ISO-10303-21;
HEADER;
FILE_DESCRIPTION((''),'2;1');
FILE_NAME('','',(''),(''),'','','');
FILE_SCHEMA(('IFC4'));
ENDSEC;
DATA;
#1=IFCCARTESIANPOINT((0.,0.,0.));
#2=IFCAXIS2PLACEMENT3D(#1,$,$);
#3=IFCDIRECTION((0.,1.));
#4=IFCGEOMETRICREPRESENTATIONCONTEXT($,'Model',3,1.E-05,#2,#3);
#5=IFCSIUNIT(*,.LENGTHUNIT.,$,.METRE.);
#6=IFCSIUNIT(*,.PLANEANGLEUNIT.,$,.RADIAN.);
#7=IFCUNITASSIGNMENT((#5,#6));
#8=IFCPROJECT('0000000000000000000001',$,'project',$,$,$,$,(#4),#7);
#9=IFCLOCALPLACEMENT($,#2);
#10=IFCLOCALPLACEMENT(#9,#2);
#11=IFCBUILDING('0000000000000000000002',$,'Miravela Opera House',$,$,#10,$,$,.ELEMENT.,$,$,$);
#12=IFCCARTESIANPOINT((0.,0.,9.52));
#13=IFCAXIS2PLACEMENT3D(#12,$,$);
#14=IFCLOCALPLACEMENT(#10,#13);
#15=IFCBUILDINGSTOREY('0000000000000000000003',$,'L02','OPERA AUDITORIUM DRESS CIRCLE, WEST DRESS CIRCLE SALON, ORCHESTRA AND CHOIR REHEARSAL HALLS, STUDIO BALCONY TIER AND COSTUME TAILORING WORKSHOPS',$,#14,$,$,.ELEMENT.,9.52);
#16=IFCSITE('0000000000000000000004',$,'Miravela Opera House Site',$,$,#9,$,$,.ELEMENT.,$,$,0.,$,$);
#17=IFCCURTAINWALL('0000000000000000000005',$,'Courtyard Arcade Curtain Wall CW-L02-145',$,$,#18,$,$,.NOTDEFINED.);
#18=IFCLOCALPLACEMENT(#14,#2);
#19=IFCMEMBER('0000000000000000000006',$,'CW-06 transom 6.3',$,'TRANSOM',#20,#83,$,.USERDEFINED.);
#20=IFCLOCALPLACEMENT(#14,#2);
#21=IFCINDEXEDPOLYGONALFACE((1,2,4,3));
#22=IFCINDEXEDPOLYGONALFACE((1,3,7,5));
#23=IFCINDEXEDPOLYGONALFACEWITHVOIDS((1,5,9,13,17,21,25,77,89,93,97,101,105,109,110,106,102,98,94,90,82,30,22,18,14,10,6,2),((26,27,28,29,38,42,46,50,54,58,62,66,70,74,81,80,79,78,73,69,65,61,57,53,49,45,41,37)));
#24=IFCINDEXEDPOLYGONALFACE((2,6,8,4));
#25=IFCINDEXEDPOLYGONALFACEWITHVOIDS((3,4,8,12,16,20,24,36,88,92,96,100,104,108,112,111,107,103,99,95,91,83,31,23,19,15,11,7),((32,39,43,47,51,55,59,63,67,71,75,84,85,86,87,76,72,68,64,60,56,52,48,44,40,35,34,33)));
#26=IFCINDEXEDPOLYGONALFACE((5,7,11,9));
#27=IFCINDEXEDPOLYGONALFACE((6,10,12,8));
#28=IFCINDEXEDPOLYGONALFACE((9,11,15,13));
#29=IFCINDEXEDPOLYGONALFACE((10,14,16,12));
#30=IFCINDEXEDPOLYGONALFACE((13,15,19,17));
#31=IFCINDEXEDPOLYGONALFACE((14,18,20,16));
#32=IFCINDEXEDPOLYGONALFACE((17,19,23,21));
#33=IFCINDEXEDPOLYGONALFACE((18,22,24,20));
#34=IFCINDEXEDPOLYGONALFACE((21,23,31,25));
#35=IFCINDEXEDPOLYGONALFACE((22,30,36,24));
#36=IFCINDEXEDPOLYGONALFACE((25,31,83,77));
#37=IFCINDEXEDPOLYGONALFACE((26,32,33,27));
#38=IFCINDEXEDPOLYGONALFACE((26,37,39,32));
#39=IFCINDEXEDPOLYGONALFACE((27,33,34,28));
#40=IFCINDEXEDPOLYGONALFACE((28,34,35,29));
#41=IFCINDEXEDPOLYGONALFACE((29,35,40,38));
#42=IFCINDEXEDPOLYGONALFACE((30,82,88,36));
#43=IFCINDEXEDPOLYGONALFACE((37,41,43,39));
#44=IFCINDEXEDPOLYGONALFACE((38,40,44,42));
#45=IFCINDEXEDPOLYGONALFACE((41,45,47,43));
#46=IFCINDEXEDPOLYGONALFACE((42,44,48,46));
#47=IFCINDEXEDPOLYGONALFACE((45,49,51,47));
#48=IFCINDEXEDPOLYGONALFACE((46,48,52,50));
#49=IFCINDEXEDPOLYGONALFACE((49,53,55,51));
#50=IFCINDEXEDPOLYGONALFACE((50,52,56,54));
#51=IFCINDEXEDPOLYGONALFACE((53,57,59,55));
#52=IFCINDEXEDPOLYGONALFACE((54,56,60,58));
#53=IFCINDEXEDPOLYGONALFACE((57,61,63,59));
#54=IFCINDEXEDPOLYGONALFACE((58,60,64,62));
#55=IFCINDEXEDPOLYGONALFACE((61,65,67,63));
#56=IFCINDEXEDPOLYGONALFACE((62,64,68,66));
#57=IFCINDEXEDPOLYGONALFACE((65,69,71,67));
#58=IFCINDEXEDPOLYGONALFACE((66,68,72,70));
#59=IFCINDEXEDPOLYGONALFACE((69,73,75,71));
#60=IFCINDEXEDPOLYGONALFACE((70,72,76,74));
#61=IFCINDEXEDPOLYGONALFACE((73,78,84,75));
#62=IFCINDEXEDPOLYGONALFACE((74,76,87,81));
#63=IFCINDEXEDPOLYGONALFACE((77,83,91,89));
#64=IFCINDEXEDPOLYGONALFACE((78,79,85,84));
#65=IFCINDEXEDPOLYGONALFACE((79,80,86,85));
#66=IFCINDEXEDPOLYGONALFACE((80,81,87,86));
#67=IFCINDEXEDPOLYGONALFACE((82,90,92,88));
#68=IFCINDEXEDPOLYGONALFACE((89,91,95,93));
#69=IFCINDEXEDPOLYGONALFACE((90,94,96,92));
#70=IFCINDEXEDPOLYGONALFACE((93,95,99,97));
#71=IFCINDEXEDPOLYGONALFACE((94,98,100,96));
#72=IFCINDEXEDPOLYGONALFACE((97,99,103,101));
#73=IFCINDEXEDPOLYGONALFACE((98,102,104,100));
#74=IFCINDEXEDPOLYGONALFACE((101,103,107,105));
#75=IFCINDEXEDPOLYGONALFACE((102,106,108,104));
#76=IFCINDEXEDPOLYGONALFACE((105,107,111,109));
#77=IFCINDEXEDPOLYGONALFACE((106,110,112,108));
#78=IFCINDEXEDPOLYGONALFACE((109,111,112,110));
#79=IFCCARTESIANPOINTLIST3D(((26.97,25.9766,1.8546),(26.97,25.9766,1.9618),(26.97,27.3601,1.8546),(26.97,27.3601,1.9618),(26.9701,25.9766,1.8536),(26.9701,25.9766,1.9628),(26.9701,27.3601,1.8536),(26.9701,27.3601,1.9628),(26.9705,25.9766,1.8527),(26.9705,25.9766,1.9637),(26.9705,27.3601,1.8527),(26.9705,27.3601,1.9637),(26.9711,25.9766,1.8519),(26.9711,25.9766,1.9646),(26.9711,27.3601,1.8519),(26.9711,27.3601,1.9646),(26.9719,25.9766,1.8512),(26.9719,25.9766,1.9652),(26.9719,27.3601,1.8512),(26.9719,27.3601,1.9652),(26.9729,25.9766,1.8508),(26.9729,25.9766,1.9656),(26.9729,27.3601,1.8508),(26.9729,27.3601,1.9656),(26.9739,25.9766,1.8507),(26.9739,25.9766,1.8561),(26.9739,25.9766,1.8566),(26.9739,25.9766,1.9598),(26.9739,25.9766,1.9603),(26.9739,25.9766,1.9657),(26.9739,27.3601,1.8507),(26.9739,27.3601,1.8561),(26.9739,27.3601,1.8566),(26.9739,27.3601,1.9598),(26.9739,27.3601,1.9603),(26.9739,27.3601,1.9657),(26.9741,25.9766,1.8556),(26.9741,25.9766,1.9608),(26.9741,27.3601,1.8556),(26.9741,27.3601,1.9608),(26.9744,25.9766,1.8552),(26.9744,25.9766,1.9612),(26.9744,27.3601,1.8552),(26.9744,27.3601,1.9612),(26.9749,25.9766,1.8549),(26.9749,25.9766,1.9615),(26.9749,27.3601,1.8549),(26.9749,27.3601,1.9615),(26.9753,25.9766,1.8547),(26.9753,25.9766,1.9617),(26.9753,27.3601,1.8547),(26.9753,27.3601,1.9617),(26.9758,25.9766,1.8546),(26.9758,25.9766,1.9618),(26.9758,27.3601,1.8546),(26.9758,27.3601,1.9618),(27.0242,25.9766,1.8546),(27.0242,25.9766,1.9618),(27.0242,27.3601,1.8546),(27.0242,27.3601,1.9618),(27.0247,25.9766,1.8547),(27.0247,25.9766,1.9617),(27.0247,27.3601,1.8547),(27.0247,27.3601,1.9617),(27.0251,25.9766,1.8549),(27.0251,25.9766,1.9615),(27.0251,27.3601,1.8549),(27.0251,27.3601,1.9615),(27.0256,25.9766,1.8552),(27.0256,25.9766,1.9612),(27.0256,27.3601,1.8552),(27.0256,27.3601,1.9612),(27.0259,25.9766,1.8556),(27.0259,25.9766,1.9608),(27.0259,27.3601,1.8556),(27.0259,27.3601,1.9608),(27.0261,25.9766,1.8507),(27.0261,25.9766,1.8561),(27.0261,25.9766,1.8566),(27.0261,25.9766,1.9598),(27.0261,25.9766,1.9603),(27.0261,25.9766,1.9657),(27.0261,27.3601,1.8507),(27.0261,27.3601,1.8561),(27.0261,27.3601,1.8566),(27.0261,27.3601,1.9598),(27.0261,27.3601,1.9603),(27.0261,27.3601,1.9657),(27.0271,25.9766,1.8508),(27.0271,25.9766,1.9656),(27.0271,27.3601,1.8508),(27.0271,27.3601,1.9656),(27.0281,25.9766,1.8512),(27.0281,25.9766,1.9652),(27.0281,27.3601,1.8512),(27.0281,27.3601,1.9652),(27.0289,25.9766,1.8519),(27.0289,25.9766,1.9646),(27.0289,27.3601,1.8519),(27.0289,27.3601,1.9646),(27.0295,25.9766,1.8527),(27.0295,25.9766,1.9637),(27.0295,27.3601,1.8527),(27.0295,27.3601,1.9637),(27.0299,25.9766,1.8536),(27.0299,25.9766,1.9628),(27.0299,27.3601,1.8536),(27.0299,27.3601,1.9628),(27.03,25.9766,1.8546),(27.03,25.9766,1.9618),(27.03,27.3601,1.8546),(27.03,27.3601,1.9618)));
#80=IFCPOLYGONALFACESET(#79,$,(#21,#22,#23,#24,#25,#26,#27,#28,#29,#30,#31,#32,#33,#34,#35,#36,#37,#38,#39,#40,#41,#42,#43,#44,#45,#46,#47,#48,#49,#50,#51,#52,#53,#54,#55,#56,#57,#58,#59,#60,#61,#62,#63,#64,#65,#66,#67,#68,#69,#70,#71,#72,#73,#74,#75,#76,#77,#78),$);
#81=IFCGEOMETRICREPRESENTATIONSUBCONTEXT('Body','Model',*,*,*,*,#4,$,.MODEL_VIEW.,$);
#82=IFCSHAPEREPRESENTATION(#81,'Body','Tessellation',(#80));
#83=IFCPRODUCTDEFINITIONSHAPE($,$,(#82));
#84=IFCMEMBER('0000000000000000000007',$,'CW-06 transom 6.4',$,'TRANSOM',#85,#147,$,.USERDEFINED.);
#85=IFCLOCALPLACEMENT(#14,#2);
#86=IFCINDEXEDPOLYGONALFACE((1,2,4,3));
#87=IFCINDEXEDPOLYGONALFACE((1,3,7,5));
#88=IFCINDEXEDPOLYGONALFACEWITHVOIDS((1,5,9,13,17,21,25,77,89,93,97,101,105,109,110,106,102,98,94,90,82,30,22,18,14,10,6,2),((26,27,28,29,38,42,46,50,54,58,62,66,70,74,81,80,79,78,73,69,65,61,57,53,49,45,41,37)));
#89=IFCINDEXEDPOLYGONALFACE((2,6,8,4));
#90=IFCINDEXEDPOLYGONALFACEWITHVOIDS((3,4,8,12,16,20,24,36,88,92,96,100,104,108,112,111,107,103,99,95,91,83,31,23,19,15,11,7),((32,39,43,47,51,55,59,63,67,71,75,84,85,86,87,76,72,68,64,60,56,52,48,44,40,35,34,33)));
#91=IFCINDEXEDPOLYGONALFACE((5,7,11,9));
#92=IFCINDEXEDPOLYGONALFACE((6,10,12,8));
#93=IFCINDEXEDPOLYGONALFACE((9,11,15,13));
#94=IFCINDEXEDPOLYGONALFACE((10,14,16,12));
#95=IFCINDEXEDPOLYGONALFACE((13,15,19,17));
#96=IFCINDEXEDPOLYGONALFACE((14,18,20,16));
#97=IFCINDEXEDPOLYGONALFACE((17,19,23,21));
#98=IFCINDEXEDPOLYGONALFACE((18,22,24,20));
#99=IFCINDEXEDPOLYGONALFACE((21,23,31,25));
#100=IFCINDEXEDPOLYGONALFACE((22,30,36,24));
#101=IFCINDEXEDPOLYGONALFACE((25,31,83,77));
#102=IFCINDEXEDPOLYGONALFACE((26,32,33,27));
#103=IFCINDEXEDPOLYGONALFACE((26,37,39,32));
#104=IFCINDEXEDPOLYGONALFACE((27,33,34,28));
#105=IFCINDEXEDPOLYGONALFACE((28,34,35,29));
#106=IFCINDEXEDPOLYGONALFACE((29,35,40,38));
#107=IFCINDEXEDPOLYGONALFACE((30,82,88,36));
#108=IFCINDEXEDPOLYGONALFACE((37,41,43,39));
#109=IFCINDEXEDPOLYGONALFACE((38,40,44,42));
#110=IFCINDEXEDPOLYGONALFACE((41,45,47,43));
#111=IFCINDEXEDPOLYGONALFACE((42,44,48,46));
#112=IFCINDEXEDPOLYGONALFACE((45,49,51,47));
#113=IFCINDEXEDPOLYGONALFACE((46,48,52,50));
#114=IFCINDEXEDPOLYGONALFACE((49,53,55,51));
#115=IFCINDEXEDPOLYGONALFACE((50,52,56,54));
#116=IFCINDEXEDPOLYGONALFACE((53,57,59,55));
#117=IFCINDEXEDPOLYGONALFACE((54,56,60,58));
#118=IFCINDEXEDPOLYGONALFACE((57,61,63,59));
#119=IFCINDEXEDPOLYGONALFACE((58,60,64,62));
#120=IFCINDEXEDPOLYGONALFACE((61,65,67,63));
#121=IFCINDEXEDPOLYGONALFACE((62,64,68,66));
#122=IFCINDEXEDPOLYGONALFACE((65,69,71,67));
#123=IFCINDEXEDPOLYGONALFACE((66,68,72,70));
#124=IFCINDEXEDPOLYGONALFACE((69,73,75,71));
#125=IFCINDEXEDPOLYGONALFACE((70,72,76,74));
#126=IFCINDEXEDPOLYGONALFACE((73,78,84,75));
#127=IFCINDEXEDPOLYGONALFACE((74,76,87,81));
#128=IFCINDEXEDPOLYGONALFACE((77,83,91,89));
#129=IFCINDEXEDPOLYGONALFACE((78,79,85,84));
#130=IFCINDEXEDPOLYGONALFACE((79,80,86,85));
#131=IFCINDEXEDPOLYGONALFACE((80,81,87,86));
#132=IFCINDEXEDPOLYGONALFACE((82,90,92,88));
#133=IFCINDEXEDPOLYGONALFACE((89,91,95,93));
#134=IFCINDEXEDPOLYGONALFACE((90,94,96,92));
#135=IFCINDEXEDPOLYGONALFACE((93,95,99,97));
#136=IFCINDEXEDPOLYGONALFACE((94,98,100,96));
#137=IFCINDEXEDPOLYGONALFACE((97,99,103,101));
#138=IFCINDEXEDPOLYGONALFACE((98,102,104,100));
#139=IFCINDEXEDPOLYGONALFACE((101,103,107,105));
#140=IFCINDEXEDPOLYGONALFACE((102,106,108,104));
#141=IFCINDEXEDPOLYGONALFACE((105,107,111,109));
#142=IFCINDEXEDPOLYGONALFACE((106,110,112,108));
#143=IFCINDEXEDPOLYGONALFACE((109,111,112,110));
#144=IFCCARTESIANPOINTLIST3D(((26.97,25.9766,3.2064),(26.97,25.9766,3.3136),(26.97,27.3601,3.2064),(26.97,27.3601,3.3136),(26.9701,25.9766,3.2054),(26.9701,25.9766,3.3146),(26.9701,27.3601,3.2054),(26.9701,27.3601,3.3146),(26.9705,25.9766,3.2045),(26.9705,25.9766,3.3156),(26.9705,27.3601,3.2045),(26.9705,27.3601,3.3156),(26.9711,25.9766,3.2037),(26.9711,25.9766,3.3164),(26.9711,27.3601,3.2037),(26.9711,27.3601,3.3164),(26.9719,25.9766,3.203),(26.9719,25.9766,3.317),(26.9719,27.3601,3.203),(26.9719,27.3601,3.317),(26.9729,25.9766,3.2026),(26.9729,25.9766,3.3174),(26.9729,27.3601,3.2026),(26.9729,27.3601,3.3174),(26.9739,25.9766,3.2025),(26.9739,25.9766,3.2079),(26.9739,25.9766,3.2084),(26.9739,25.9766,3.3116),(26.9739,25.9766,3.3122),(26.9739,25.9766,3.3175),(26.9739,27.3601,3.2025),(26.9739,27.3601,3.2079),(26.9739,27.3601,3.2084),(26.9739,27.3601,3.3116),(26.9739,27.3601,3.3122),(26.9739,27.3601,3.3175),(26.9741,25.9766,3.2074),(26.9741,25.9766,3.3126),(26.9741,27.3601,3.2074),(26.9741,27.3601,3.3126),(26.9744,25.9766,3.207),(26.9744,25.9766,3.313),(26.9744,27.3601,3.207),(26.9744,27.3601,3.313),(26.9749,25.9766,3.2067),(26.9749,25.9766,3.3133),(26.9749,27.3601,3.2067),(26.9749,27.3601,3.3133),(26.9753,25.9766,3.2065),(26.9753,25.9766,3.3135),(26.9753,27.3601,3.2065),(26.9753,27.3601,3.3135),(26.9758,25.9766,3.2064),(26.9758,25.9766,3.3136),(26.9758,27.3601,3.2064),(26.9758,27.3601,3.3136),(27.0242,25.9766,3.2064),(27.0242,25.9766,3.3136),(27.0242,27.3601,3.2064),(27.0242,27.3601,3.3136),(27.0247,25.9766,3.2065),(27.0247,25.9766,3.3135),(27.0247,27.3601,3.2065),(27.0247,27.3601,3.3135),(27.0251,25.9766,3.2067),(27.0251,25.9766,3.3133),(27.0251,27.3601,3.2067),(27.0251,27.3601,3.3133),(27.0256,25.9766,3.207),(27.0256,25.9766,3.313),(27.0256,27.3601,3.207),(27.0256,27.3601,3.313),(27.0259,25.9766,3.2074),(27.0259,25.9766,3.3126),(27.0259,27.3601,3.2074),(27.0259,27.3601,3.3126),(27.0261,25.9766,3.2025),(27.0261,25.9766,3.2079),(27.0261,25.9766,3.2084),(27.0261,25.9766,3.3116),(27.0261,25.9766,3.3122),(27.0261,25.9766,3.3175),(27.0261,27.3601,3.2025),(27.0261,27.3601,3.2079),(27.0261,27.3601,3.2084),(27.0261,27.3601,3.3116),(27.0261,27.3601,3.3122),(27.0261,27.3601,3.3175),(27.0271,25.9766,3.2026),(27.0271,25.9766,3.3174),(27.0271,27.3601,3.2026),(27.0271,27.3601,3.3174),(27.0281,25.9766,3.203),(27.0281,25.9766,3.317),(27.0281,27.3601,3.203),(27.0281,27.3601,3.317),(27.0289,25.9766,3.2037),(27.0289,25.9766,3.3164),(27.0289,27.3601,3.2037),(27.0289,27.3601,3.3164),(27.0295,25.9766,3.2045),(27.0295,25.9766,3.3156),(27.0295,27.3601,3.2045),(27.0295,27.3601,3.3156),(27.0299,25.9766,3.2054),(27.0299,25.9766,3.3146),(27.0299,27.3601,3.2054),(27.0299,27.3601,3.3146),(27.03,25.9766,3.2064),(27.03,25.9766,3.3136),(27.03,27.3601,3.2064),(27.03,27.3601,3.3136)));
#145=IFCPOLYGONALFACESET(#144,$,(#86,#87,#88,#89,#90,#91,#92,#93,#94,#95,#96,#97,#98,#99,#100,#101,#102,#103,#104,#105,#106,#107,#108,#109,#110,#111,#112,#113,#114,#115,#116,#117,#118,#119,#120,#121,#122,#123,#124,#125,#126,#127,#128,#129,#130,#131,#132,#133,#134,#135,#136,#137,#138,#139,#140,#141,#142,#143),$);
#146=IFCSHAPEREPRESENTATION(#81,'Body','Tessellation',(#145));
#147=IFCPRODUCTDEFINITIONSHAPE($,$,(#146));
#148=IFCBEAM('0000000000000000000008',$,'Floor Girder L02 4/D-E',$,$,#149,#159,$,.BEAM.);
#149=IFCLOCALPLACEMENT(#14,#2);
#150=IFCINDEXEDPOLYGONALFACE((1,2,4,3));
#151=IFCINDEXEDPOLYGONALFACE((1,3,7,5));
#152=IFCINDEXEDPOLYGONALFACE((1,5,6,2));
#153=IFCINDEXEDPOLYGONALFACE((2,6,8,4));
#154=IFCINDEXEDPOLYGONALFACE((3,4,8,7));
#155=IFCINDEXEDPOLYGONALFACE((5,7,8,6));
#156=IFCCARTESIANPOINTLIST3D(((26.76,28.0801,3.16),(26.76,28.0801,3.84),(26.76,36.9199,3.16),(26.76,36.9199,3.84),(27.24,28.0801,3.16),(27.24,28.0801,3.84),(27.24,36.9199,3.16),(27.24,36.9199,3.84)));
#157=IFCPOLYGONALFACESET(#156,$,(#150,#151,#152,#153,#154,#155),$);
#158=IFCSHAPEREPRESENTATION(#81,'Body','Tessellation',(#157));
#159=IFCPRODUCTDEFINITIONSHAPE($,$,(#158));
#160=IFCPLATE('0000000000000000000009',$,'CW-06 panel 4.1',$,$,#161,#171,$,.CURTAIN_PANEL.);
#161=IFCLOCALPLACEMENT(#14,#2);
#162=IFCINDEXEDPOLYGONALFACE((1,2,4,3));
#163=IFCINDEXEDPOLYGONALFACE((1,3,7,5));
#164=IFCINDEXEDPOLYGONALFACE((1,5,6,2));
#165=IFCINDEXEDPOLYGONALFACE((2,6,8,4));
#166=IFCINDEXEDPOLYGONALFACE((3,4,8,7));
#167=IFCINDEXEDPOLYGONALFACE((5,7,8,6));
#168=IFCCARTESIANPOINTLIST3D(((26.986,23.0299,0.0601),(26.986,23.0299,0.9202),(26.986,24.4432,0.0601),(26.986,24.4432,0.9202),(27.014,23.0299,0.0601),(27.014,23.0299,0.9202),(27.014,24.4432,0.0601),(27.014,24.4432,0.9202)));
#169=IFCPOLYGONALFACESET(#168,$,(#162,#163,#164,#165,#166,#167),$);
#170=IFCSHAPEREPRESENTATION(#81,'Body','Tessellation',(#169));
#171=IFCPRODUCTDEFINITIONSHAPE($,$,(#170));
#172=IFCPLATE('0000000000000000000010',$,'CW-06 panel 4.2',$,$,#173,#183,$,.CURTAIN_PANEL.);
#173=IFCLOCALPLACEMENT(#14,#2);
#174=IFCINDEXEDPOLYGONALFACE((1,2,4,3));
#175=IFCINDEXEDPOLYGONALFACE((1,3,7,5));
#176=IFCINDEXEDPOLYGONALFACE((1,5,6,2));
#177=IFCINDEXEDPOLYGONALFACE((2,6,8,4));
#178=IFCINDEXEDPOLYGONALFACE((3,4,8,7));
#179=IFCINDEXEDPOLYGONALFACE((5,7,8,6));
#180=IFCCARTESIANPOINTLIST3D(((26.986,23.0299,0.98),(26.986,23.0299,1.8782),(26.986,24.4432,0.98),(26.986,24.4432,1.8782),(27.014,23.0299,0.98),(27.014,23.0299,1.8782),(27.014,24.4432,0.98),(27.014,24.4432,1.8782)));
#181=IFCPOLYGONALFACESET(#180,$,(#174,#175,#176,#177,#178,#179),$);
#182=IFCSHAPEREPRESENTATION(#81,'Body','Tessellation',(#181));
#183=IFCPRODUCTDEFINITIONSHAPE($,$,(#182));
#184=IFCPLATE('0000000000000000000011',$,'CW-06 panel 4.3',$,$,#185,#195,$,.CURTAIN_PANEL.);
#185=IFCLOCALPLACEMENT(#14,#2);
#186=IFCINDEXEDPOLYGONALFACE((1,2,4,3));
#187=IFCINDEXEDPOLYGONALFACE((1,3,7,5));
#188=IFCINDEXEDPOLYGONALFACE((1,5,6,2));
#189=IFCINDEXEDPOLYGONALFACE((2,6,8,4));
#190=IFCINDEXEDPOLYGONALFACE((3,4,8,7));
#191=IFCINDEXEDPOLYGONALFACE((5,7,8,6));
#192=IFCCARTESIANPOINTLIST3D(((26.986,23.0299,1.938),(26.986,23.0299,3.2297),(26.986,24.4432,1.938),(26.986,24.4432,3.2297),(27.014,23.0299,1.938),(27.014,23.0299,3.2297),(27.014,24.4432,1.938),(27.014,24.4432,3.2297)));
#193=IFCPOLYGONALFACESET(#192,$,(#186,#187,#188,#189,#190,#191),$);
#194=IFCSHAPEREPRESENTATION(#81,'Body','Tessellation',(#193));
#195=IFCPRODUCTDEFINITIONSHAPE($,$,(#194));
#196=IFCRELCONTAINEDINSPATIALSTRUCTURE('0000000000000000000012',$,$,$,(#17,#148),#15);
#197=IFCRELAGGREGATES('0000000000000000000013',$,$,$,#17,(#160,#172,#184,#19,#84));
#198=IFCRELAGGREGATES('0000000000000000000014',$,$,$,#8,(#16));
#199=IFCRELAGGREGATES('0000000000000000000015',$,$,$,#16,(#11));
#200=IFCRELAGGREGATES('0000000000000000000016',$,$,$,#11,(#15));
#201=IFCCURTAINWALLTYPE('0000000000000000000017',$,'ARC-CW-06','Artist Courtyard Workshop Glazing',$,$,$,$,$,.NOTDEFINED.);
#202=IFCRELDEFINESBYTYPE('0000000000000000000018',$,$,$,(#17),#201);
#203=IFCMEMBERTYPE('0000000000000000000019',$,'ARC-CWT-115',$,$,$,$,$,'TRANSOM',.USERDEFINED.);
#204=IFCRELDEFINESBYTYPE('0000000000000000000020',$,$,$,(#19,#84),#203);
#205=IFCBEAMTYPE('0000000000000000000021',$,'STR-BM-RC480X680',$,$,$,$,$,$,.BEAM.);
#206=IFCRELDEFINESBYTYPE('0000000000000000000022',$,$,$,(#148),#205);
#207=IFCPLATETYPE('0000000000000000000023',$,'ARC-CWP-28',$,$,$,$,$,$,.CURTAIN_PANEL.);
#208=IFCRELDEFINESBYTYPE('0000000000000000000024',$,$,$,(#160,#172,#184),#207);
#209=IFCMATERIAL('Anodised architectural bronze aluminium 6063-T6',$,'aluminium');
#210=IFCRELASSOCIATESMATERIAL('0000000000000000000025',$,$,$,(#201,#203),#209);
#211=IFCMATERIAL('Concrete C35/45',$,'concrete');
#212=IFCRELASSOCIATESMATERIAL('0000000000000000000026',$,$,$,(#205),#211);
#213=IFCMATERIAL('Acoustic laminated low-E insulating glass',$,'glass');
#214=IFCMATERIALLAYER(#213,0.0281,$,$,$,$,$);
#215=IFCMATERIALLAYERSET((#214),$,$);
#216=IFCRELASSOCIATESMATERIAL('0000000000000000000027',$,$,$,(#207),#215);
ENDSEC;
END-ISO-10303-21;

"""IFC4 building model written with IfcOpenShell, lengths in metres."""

from ifc_helpers import new_model, si_unit, direction, frame, origin, origin_2d, place, context, subcontext, project, spatial, rectangle, hollow_rectangle, extrude, material, layer, layer_set, material_profile, profile_set, type_object, element, aggregate, save


model = new_model("IFC4")

# Units and contexts
model_context = context("Model", 3, precision=1e-05, world=origin(), true_north=direction((0.0, 1.0)))
body_context = subcontext(model_context, "Body", "Model", "MODEL_VIEW")
ifc_project = project(units=[si_unit("LENGTHUNIT", "METRE"), si_unit("PLANEANGLEUNIT", "RADIAN")], contexts=[model_context])

# Site, building, storey
site_placement = place(None, origin())
site = spatial("IfcSite", under=ifc_project, at=site_placement, Name="Miravela Opera House Site", CompositionType="ELEMENT", RefElevation=0.0)
building_placement = place(site_placement, origin())
building = spatial("IfcBuilding", under=site, at=building_placement, Name="Miravela Opera House", CompositionType="ELEMENT")
storey_placement = place(building_placement, frame((0.0, 0.0, 9.52)))
storey = spatial("IfcBuildingStorey", under=building, at=storey_placement, Name="L02", Description="OPERA AUDITORIUM DRESS CIRCLE, WEST DRESS CIRCLE SALON, ORCHESTRA AND CHOIR REHEARSAL HALLS, STUDIO BALCONY TIER AND COSTUME TAILORING WORKSHOPS", CompositionType="ELEMENT", Elevation=9.52)

# Shared definitions
ifc_material_1 = material(Name="Concrete C35/45", Category="concrete")

# Curtain wall, members
ifc_material_2 = material(Name="Anodised architectural bronze aluminium 6063-T6", Category="aluminium")
curtain_wall_type = type_object("IfcCurtainWallType", Name="ARC-CW-06", Description="Artist Courtyard Workshop Glazing", PredefinedType="NOTDEFINED", material=ifc_material_2)
curtain_wall_placement = place(storey_placement, origin())
curtain_wall = element("IfcCurtainWall", 1, at=curtain_wall_placement, inside=storey, type_object=curtain_wall_type, Name="Courtyard Arcade Curtain Wall CW-L02-145", PredefinedType="NOTDEFINED")
ifc_material_profile_1 = material_profile(ifc_material_2, hollow_rectangle(XDim=0.0601, YDim=0.115, WallThickness=0.0039, InnerFilletRadius=0.002, OuterFilletRadius=0.0039, at=origin_2d()), Name="CWT-60X115")
ifc_profile_set_1 = profile_set([ifc_material_profile_1])
member_type_1 = type_object("IfcMemberType", Name="ARC-CWT-115", ElementType="TRANSOM", PredefinedType="USERDEFINED", material=ifc_profile_set_1)
member_1_placement = place(storey_placement, frame((27.0, 25.9766, 1.9082), z_axis=(0.0, 1.0, 0.0), x_axis=(-1.0, 0.0, 0.0)))
member_1 = element("IfcMember", 2, at=member_1_placement, type_object=member_type_1, Name="CW-06 transom 6.3", ObjectType="TRANSOM", PredefinedType="USERDEFINED", context=body_context, shape_type="SweptSolid", body=[
    extrude(hollow_rectangle(XDim=0.0601, YDim=0.115, WallThickness=0.0039, InnerFilletRadius=0.002, OuterFilletRadius=0.0039, at=origin_2d()), origin(), (0.0, 0.0, 1.0), 1.3835),
])
member_2_placement = place(storey_placement, frame((27.0, 25.9766, 3.26), z_axis=(0.0, 1.0, 0.0), x_axis=(-1.0, 0.0, 0.0)))
member_2 = element("IfcMember", 3, at=member_2_placement, type_object=member_type_1, Name="CW-06 transom 6.4", ObjectType="TRANSOM", PredefinedType="USERDEFINED", context=body_context, shape_type="SweptSolid", body=[
    extrude(hollow_rectangle(XDim=0.0601, YDim=0.115, WallThickness=0.0039, InnerFilletRadius=0.002, OuterFilletRadius=0.0039, at=origin_2d()), origin(), (0.0, 0.0, 1.0), 1.3835),
])

# Beam
ifc_material_profile_2 = material_profile(ifc_material_1, rectangle(XDim=0.48, YDim=0.6799, at=origin_2d()), Name="RC-BM-480X680")
ifc_profile_set_2 = profile_set([ifc_material_profile_2])
beam_type = type_object("IfcBeamType", Name="STR-BM-RC480X680", PredefinedType="BEAM", material=ifc_profile_set_2)
beam_placement = place(storey_placement, frame((27.0, 28.0801, 3.5), z_axis=(0.0, 1.0, 0.0), x_axis=(-1.0, 0.0, 0.0)))
element("IfcBeam", 4, at=beam_placement, inside=storey, type_object=beam_type, Name="Floor Girder L02 4/D-E", PredefinedType="BEAM", context=body_context, shape_type="SweptSolid", body=[
    extrude(rectangle(XDim=0.48, YDim=0.6799, at=origin_2d()), origin(), (0.0, 0.0, 1.0), 8.8398),
])

# Plates
ifc_material_3 = material(Name="Acoustic laminated low-E insulating glass", Category="glass")
ifc_layer = layer(ifc_material_3, 0.0281)
ifc_layer_set = layer_set([ifc_layer])
plate_type = type_object("IfcPlateType", Name="ARC-CWP-28", PredefinedType="CURTAIN_PANEL", material=ifc_layer_set)
plate_1_placement = place(storey_placement, frame((27.0, 23.7366, 0.0601), z_axis=(0.0, 0.0, 1.0), x_axis=(0.0, 1.0, 0.0)))
plate_1 = element("IfcPlate", 5, at=plate_1_placement, type_object=plate_type, Name="CW-06 panel 4.1", PredefinedType="CURTAIN_PANEL", context=body_context, shape_type="SweptSolid", body=[
    extrude(rectangle(XDim=1.4133, YDim=0.0281, at=origin_2d()), origin(), (0.0, 0.0, 1.0), 0.8601),
])
plate_2_placement = place(storey_placement, frame((27.0, 23.7366, 0.98), z_axis=(0.0, 0.0, 1.0), x_axis=(0.0, 1.0, 0.0)))
plate_2 = element("IfcPlate", 6, at=plate_2_placement, type_object=plate_type, Name="CW-06 panel 4.2", PredefinedType="CURTAIN_PANEL", context=body_context, shape_type="SweptSolid", body=[
    extrude(rectangle(XDim=1.4133, YDim=0.0281, at=origin_2d()), origin(), (0.0, 0.0, 1.0), 0.8982),
])
plate_3_placement = place(storey_placement, frame((27.0, 23.7366, 1.938), z_axis=(0.0, 0.0, 1.0), x_axis=(0.0, 1.0, 0.0)))
plate_3 = element("IfcPlate", 7, at=plate_3_placement, type_object=plate_type, Name="CW-06 panel 4.3", PredefinedType="CURTAIN_PANEL", context=body_context, shape_type="SweptSolid", body=[
    extrude(rectangle(XDim=1.4133, YDim=0.0281, at=origin_2d()), origin(), (0.0, 0.0, 1.0), 1.2917),
])
aggregate(curtain_wall, [plate_1, plate_2, plate_3, member_1, member_2])

save(model, "model.ifc")
